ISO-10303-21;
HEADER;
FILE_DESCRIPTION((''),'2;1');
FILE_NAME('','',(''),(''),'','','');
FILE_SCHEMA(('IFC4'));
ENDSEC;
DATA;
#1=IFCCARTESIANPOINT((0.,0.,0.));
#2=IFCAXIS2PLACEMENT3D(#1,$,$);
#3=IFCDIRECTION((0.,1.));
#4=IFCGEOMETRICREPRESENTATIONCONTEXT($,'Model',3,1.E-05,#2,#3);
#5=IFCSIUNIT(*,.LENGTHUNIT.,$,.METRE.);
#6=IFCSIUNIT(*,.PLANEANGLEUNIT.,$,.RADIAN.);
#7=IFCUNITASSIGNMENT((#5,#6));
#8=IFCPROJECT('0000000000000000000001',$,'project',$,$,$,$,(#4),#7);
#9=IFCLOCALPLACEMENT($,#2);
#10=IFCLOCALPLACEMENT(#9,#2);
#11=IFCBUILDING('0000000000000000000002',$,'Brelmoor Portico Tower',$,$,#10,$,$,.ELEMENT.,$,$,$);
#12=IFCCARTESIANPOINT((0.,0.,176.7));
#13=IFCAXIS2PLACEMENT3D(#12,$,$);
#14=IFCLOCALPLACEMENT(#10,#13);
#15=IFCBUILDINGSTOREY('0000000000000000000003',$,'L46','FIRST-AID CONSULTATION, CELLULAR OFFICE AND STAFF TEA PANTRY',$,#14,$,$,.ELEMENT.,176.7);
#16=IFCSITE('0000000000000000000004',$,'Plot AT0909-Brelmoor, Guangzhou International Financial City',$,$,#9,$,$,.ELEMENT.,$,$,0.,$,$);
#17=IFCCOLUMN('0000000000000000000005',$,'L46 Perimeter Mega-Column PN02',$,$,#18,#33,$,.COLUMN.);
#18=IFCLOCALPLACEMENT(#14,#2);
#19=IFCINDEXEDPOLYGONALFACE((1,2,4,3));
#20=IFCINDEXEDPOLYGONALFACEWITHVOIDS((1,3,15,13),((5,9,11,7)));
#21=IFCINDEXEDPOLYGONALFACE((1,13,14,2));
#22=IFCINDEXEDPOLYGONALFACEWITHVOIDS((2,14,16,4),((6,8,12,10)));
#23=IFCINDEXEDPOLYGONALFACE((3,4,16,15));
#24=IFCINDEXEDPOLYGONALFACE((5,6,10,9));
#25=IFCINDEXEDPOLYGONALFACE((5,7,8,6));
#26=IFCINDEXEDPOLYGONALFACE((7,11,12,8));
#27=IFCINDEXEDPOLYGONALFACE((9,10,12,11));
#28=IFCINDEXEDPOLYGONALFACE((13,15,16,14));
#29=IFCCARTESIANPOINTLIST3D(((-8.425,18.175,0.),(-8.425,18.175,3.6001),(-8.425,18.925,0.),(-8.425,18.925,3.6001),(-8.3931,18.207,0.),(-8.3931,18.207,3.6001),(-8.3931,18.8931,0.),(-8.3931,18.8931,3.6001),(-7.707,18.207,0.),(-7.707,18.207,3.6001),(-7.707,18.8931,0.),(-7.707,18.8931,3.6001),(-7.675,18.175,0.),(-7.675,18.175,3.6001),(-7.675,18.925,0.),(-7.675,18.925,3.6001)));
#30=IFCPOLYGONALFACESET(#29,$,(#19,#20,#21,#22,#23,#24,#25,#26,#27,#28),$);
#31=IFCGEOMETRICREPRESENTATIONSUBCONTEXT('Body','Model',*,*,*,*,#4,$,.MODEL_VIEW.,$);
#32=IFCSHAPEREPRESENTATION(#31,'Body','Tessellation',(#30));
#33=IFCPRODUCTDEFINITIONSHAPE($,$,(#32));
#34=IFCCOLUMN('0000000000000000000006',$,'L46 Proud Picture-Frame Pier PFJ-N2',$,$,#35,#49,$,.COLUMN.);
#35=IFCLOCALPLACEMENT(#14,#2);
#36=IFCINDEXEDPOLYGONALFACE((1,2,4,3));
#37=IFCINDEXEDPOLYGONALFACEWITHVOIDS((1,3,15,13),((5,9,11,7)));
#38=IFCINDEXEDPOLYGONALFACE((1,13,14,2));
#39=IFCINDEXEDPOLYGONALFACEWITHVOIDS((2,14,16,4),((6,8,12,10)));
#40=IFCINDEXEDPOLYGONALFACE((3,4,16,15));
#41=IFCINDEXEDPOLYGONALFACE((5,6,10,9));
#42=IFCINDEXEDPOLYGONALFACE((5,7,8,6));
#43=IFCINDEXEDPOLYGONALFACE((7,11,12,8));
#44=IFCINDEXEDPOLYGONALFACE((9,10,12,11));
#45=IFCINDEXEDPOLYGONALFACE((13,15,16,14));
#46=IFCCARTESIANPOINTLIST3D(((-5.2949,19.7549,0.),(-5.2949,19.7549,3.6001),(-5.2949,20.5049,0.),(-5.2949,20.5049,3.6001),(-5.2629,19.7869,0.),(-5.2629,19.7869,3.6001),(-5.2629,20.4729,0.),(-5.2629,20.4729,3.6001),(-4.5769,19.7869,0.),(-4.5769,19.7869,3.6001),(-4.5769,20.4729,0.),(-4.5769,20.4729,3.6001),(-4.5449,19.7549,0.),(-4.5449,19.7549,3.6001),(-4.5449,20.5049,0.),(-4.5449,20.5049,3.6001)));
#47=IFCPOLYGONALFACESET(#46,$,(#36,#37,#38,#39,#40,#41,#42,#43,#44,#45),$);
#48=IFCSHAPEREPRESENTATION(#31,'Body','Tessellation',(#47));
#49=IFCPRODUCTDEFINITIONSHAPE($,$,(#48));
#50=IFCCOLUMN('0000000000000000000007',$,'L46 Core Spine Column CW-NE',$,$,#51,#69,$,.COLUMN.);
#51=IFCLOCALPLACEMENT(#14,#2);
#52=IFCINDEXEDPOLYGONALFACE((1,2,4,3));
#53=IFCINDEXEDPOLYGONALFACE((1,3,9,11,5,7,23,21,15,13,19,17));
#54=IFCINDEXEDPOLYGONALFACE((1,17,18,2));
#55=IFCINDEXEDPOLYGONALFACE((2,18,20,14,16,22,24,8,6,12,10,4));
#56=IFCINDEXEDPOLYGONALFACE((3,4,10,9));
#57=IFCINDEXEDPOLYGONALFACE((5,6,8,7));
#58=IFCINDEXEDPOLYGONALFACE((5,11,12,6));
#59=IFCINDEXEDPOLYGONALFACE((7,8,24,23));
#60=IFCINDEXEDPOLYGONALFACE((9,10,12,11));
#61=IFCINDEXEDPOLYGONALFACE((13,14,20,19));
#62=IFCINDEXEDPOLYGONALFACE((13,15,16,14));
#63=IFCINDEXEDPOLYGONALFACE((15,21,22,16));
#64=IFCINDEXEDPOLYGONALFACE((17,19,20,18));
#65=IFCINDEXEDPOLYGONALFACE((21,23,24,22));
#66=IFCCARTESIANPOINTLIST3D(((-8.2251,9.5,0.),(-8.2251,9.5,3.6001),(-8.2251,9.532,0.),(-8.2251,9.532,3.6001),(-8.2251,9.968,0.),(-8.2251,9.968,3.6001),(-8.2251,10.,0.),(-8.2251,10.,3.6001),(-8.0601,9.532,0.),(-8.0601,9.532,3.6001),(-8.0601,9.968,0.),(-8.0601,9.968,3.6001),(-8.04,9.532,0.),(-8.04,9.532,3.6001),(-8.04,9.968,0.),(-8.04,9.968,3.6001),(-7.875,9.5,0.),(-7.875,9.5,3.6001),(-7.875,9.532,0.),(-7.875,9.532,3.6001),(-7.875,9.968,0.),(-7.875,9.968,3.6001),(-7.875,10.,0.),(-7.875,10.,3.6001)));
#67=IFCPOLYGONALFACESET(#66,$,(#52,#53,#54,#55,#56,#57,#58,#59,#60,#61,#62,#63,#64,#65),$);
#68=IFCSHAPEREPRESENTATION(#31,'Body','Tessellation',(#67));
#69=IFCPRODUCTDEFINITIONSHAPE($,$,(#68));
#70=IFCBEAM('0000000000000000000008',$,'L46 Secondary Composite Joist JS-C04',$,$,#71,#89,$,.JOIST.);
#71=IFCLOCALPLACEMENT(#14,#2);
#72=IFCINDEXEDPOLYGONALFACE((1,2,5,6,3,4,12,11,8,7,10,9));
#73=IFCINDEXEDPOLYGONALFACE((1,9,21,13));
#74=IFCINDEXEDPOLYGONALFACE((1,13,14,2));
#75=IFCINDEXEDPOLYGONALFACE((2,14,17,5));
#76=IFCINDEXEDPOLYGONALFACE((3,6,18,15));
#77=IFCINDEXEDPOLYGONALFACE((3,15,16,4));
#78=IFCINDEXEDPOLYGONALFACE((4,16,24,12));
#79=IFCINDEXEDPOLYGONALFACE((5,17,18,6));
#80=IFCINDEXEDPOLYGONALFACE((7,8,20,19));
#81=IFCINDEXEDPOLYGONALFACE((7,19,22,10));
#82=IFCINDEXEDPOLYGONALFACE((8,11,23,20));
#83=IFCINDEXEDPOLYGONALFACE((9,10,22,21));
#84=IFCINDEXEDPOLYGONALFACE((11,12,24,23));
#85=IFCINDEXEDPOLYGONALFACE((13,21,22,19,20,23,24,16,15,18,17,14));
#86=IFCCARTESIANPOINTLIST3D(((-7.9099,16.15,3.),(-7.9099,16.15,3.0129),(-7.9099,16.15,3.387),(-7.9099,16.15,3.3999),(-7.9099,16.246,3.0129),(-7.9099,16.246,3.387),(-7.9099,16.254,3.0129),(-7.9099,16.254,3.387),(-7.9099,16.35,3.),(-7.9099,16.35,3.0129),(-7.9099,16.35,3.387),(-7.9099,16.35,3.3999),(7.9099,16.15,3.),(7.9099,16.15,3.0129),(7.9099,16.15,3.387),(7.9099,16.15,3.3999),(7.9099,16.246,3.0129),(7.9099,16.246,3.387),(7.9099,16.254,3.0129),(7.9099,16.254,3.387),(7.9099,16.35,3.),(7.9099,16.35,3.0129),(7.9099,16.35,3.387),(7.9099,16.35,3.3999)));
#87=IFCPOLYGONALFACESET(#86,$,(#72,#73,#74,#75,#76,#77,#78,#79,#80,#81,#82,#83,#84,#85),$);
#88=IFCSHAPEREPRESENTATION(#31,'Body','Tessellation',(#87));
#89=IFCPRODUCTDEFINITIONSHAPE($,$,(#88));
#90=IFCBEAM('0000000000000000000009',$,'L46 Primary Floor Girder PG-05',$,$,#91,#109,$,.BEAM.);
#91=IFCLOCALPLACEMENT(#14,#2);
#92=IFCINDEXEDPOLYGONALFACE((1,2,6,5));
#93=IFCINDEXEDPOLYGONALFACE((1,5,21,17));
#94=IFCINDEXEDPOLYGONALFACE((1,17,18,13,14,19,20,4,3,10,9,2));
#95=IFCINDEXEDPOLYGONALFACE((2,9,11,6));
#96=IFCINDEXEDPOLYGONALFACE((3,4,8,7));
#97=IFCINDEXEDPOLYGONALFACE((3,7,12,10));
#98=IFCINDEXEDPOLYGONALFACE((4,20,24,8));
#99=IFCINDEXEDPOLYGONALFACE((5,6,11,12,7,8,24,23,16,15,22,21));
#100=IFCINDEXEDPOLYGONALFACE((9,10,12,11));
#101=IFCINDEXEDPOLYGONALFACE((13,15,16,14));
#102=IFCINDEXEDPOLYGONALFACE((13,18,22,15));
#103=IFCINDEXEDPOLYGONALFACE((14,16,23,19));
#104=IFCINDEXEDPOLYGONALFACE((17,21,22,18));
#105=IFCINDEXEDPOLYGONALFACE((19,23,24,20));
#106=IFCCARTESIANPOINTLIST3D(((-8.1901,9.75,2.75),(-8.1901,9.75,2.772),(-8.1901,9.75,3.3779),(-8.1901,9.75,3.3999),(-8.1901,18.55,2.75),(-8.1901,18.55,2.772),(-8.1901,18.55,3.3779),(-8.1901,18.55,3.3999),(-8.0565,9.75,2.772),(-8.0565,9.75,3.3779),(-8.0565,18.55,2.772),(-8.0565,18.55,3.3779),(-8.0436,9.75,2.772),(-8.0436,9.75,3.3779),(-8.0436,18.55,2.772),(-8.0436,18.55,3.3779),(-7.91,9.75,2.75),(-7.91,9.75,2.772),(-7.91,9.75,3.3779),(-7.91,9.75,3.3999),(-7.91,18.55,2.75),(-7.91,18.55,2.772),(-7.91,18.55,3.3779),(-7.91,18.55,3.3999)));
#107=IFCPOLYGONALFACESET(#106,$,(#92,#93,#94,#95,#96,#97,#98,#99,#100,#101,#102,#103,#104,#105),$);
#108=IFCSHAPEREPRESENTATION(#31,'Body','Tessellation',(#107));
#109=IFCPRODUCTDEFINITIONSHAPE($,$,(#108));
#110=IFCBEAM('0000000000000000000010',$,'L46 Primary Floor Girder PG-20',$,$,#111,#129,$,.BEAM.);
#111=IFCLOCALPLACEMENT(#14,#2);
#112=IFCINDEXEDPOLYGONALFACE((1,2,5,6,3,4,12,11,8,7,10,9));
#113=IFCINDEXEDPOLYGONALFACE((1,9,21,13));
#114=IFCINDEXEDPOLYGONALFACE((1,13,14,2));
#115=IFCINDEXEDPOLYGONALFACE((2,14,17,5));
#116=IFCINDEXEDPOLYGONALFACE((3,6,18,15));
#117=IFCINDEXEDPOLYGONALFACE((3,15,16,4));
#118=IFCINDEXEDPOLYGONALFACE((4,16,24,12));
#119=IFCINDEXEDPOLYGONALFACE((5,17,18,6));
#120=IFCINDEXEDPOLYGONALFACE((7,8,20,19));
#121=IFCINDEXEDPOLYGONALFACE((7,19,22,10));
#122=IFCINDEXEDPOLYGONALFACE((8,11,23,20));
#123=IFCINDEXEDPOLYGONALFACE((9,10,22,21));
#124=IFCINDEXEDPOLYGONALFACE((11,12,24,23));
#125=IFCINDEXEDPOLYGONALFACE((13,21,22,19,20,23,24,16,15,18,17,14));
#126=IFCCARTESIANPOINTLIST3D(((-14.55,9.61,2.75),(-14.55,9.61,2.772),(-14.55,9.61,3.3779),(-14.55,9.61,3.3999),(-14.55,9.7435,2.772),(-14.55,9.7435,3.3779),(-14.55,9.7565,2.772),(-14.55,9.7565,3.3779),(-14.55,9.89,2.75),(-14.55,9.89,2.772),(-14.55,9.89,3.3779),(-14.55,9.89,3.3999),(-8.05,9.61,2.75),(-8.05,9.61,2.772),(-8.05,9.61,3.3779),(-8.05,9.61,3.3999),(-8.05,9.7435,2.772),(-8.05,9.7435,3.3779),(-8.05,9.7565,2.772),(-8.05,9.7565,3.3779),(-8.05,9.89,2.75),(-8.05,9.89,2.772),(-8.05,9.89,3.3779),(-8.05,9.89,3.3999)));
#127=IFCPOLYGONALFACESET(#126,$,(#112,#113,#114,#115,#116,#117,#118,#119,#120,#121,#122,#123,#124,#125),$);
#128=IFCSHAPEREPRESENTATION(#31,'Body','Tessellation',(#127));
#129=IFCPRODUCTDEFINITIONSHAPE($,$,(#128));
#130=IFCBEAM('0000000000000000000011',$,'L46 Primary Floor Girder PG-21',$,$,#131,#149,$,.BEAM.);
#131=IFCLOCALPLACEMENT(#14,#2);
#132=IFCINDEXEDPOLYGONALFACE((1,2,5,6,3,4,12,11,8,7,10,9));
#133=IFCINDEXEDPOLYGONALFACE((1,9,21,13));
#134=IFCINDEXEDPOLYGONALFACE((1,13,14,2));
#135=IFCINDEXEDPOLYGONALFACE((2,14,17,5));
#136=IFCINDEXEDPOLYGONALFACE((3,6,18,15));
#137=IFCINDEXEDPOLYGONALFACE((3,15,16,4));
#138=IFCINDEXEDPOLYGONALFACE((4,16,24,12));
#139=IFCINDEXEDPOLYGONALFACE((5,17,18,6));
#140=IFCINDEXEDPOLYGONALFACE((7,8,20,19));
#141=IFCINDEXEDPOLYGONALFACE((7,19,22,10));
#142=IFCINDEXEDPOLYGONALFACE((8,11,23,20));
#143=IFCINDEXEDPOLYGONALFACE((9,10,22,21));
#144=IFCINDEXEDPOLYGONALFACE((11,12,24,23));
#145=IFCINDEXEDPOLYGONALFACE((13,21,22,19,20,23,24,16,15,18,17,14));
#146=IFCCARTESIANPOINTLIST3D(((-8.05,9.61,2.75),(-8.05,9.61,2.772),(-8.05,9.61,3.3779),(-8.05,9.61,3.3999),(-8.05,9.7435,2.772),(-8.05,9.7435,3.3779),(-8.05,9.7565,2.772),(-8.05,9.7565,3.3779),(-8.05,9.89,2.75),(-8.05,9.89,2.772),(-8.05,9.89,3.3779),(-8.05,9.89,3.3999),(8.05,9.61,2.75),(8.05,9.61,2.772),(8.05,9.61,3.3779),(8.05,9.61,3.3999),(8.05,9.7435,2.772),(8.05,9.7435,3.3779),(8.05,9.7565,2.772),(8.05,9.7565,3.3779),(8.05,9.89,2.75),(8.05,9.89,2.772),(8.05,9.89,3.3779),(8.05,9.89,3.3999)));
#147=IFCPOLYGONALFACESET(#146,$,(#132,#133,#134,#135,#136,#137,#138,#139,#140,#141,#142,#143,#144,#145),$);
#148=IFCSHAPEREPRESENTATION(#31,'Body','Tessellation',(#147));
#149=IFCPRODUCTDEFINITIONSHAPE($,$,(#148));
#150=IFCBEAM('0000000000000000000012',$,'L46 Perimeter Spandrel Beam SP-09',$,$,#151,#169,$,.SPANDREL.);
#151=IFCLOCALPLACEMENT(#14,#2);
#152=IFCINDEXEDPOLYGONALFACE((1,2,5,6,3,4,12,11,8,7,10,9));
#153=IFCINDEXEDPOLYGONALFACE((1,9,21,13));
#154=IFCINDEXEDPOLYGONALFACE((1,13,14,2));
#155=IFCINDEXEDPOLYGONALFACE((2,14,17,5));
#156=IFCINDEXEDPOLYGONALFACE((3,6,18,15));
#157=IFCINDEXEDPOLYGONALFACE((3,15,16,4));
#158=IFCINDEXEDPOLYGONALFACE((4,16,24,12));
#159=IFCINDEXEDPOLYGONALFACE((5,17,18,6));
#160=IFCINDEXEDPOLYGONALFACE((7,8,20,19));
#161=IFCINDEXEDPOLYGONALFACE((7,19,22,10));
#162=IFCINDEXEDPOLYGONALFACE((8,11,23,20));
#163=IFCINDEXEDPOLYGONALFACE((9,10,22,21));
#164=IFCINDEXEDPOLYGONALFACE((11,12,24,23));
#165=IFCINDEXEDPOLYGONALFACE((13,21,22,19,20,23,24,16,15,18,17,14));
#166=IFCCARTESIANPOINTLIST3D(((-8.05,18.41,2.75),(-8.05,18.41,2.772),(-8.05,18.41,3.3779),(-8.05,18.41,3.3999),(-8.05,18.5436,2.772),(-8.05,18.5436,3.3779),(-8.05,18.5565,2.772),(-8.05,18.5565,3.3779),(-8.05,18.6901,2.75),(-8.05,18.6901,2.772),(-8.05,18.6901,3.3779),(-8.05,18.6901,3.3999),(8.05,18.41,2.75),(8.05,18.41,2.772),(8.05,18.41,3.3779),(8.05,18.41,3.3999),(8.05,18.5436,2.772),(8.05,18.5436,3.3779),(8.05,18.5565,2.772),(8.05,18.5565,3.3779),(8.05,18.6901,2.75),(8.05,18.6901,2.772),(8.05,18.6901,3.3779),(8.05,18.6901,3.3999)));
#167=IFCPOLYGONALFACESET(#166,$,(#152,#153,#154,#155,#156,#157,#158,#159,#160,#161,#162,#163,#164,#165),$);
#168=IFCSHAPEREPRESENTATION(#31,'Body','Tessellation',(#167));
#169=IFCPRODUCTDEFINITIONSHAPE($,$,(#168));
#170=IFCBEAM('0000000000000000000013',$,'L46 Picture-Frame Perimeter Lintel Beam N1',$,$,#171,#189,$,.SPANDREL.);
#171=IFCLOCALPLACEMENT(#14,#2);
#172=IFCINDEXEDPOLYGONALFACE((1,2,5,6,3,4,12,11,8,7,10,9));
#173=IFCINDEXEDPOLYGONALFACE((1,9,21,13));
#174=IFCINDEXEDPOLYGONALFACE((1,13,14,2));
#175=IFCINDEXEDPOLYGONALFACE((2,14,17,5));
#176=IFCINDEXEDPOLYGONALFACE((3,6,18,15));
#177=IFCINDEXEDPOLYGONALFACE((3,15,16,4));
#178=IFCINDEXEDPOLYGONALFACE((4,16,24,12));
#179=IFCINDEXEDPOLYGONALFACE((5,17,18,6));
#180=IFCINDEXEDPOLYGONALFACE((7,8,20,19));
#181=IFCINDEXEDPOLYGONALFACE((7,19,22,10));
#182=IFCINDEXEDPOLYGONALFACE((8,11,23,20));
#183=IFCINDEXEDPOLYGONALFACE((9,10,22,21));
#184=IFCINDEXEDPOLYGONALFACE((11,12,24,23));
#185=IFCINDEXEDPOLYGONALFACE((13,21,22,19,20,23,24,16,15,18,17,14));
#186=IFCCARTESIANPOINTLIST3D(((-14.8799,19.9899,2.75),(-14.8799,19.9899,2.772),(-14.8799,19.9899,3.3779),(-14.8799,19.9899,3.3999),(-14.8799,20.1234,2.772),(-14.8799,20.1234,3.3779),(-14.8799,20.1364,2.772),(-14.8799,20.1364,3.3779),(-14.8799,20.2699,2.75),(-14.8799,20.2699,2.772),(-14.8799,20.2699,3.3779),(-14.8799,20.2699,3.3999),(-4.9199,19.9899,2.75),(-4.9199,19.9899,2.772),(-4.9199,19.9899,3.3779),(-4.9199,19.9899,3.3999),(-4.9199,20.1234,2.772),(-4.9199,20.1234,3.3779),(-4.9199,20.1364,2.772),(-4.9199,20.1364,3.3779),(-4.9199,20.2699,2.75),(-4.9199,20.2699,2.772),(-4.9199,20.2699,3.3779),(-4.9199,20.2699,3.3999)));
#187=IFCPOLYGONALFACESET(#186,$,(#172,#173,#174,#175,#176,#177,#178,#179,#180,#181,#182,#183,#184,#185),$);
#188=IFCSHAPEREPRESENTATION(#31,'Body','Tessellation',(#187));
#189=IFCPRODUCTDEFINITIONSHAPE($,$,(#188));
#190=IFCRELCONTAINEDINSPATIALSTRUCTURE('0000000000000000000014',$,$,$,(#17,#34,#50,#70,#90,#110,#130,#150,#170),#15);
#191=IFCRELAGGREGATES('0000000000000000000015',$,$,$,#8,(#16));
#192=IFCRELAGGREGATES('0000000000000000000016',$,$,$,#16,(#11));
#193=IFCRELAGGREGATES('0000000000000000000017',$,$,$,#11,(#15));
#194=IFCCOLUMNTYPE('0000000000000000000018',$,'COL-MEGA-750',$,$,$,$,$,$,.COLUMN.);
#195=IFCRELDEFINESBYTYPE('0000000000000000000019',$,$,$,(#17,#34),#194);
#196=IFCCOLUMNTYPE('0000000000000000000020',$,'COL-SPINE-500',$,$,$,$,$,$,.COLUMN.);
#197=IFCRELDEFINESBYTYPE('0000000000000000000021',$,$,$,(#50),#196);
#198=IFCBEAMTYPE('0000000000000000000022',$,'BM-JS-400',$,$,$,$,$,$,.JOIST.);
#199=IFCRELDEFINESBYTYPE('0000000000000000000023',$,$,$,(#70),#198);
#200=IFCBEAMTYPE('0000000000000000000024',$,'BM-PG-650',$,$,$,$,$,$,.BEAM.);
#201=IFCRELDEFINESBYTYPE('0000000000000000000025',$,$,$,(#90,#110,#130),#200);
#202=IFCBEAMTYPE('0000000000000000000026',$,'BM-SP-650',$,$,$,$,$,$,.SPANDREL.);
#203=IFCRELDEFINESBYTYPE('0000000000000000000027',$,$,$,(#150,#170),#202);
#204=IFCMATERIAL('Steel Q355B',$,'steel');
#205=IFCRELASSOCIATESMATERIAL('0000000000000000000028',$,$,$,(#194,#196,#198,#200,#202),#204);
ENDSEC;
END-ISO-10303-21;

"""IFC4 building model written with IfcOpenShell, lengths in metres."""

from ifc_helpers import new_model, si_unit, direction, frame, origin, origin_2d, place, context, subcontext, project, spatial, hollow_rectangle, i_section, extrude, material, material_profile, profile_set, type_object, element, save


model = new_model("IFC4")

# Units and contexts
model_context = context("Model", 3, precision=1e-05, world=origin(), true_north=direction((0.0, 1.0)))
body_context = subcontext(model_context, "Body", "Model", "MODEL_VIEW")
ifc_project = project(units=[si_unit("LENGTHUNIT", "METRE"), si_unit("PLANEANGLEUNIT", "RADIAN")], contexts=[model_context])

# Site, building, storey
site_placement = place(None, origin())
site = spatial("IfcSite", under=ifc_project, at=site_placement, Name="Plot AT0909-Brelmoor, Guangzhou International Financial City", CompositionType="ELEMENT", RefElevation=0.0)
building_placement = place(site_placement, origin())
building = spatial("IfcBuilding", under=site, at=building_placement, Name="Brelmoor Portico Tower", CompositionType="ELEMENT")
storey_placement = place(building_placement, frame((0.0, 0.0, 176.7)))
storey = spatial("IfcBuildingStorey", under=building, at=storey_placement, Name="L46", Description="FIRST-AID CONSULTATION, CELLULAR OFFICE AND STAFF TEA PANTRY", CompositionType="ELEMENT", Elevation=176.7)

# Columns
ifc_material_1 = material(Name="Steel Q355B", Category="steel")
ifc_material_profile_1 = material_profile(ifc_material_1, hollow_rectangle(XDim=0.75, YDim=0.75, WallThickness=0.032, at=origin_2d()), Name="BOX 750x750x32")
ifc_profile_set_1 = profile_set([ifc_material_profile_1], Name="Steel Q355B")
column_type_1 = type_object("IfcColumnType", Name="COL-MEGA-750", PredefinedType="COLUMN", material=ifc_profile_set_1)
for number, where, z_axis, x_axis, name in (
    (1, (-8.05, 18.55, 0.0), (0.0, 0.0, 1.0), (1.0, 0.0, 0.0), "L46 Perimeter Mega-Column PN02"),
    (2, (-4.9199, 20.1299, 0.0), (0.0, 0.0, 1.0), (1.0, 0.0, 0.0), "L46 Proud Picture-Frame Pier PFJ-N2"),
):
    element("IfcColumn", number, at=place(storey_placement, frame(where, z_axis=z_axis, x_axis=x_axis)), inside=storey, type_object=column_type_1, Name=name, PredefinedType="COLUMN", context=body_context, shape_type="SweptSolid", body=[
        extrude(hollow_rectangle(XDim=0.75, YDim=0.75, WallThickness=0.032, at=origin_2d()), origin(), (0.0, 0.0, 1.0), 3.6001),
    ])
ifc_material_profile_2 = material_profile(ifc_material_1, i_section(OverallWidth=0.3501, OverallDepth=0.5, WebThickness=0.02, FlangeThickness=0.032, at=origin_2d()), Name="HW 500x350x20x32")
ifc_profile_set_2 = profile_set([ifc_material_profile_2], Name="Steel Q355B")
column_type_2 = type_object("IfcColumnType", Name="COL-SPINE-500", PredefinedType="COLUMN", material=ifc_profile_set_2)
column_placement = place(storey_placement, frame((-8.05, 9.75, 0.0), z_axis=(0.0, 0.0, 1.0), x_axis=(1.0, 0.0, 0.0)))
element("IfcColumn", 3, at=column_placement, inside=storey, type_object=column_type_2, Name="L46 Core Spine Column CW-NE", PredefinedType="COLUMN", context=body_context, shape_type="SweptSolid", body=[
    extrude(i_section(OverallWidth=0.3501, OverallDepth=0.5, WebThickness=0.02, FlangeThickness=0.032, at=origin_2d()), origin(), (0.0, 0.0, 1.0), 3.6001),
])

# Beams
ifc_material_profile_3 = material_profile(ifc_material_1, i_section(OverallWidth=0.2, OverallDepth=0.3999, WebThickness=0.0081, FlangeThickness=0.0129, at=origin_2d()), Name="HN 400x200x8x13")
ifc_profile_set_3 = profile_set([ifc_material_profile_3], Name="Steel Q355B")
beam_type_1 = type_object("IfcBeamType", Name="BM-JS-400", PredefinedType="JOIST", material=ifc_profile_set_3)
beam_1_placement = place(storey_placement, frame((-7.9099, 16.25, 3.2), z_axis=(1.0, 0.0, 0.0), x_axis=(0.0, 1.0, 0.0)))
element("IfcBeam", 4, at=beam_1_placement, inside=storey, type_object=beam_type_1, Name="L46 Secondary Composite Joist JS-C04", PredefinedType="JOIST", context=body_context, shape_type="SweptSolid", body=[
    extrude(i_section(OverallWidth=0.2, OverallDepth=0.3999, WebThickness=0.0081, FlangeThickness=0.0129, at=origin_2d()), origin(), (0.0, 0.0, 1.0), 15.8198),
])
ifc_material_profile_4 = material_profile(ifc_material_1, i_section(OverallWidth=0.28, OverallDepth=0.6499, WebThickness=0.0129, FlangeThickness=0.022, at=origin_2d()), Name="HN 650x280x13x22")
ifc_profile_set_4 = profile_set([ifc_material_profile_4], Name="Steel Q355B")
beam_type_2 = type_object("IfcBeamType", Name="BM-PG-650", PredefinedType="BEAM", material=ifc_profile_set_4)
beam_2_placement = place(storey_placement, frame((-8.05, 9.75, 3.075), z_axis=(0.0, 1.0, 0.0), x_axis=(-1.0, 0.0, 0.0)))
element("IfcBeam", 5, at=beam_2_placement, inside=storey, type_object=beam_type_2, Name="L46 Primary Floor Girder PG-05", PredefinedType="BEAM", context=body_context, shape_type="SweptSolid", body=[
    extrude(i_section(OverallWidth=0.28, OverallDepth=0.6499, WebThickness=0.0129, FlangeThickness=0.022, at=origin_2d()), origin(), (0.0, 0.0, 1.0), 8.8),
])
beam_3_placement = place(storey_placement, frame((-14.55, 9.75, 3.075), z_axis=(1.0, 0.0, 0.0), x_axis=(0.0, 1.0, 0.0)))
element("IfcBeam", 6, at=beam_3_placement, inside=storey, type_object=beam_type_2, Name="L46 Primary Floor Girder PG-20", PredefinedType="BEAM", context=body_context, shape_type="SweptSolid", body=[
    extrude(i_section(OverallWidth=0.28, OverallDepth=0.6499, WebThickness=0.0129, FlangeThickness=0.022, at=origin_2d()), origin(), (0.0, 0.0, 1.0), 6.5),
])
beam_4_placement = place(storey_placement, frame((-8.05, 9.75, 3.075), z_axis=(1.0, 0.0, 0.0), x_axis=(0.0, 1.0, 0.0)))
element("IfcBeam", 7, at=beam_4_placement, inside=storey, type_object=beam_type_2, Name="L46 Primary Floor Girder PG-21", PredefinedType="BEAM", context=body_context, shape_type="SweptSolid", body=[
    extrude(i_section(OverallWidth=0.28, OverallDepth=0.6499, WebThickness=0.0129, FlangeThickness=0.022, at=origin_2d()), origin(), (0.0, 0.0, 1.0), 16.1001),
])
ifc_material_profile_5 = material_profile(ifc_material_1, i_section(OverallWidth=0.28, OverallDepth=0.6499, WebThickness=0.0129, FlangeThickness=0.022, at=origin_2d()), Name="HN 650x280x13x22")
ifc_profile_set_5 = profile_set([ifc_material_profile_5], Name="Steel Q355B")
beam_type_3 = type_object("IfcBeamType", Name="BM-SP-650", PredefinedType="SPANDREL", material=ifc_profile_set_5)
beam_5_placement = place(storey_placement, frame((-8.05, 18.55, 3.075), z_axis=(1.0, 0.0, 0.0), x_axis=(0.0, 1.0, 0.0)))
element("IfcBeam", 8, at=beam_5_placement, inside=storey, type_object=beam_type_3, Name="L46 Perimeter Spandrel Beam SP-09", PredefinedType="SPANDREL", context=body_context, shape_type="SweptSolid", body=[
    extrude(i_section(OverallWidth=0.28, OverallDepth=0.6499, WebThickness=0.0129, FlangeThickness=0.022, at=origin_2d()), origin(), (0.0, 0.0, 1.0), 16.1001),
])
beam_6_placement = place(storey_placement, frame((-14.8799, 20.1299, 3.075), z_axis=(1.0, 0.0, 0.0), x_axis=(0.0, 1.0, 0.0)))
element("IfcBeam", 9, at=beam_6_placement, inside=storey, type_object=beam_type_3, Name="L46 Picture-Frame Perimeter Lintel Beam N1", PredefinedType="SPANDREL", context=body_context, shape_type="SweptSolid", body=[
    extrude(i_section(OverallWidth=0.28, OverallDepth=0.6499, WebThickness=0.0129, FlangeThickness=0.022, at=origin_2d()), origin(), (0.0, 0.0, 1.0), 9.96),
])

save(model, "model.ifc")
